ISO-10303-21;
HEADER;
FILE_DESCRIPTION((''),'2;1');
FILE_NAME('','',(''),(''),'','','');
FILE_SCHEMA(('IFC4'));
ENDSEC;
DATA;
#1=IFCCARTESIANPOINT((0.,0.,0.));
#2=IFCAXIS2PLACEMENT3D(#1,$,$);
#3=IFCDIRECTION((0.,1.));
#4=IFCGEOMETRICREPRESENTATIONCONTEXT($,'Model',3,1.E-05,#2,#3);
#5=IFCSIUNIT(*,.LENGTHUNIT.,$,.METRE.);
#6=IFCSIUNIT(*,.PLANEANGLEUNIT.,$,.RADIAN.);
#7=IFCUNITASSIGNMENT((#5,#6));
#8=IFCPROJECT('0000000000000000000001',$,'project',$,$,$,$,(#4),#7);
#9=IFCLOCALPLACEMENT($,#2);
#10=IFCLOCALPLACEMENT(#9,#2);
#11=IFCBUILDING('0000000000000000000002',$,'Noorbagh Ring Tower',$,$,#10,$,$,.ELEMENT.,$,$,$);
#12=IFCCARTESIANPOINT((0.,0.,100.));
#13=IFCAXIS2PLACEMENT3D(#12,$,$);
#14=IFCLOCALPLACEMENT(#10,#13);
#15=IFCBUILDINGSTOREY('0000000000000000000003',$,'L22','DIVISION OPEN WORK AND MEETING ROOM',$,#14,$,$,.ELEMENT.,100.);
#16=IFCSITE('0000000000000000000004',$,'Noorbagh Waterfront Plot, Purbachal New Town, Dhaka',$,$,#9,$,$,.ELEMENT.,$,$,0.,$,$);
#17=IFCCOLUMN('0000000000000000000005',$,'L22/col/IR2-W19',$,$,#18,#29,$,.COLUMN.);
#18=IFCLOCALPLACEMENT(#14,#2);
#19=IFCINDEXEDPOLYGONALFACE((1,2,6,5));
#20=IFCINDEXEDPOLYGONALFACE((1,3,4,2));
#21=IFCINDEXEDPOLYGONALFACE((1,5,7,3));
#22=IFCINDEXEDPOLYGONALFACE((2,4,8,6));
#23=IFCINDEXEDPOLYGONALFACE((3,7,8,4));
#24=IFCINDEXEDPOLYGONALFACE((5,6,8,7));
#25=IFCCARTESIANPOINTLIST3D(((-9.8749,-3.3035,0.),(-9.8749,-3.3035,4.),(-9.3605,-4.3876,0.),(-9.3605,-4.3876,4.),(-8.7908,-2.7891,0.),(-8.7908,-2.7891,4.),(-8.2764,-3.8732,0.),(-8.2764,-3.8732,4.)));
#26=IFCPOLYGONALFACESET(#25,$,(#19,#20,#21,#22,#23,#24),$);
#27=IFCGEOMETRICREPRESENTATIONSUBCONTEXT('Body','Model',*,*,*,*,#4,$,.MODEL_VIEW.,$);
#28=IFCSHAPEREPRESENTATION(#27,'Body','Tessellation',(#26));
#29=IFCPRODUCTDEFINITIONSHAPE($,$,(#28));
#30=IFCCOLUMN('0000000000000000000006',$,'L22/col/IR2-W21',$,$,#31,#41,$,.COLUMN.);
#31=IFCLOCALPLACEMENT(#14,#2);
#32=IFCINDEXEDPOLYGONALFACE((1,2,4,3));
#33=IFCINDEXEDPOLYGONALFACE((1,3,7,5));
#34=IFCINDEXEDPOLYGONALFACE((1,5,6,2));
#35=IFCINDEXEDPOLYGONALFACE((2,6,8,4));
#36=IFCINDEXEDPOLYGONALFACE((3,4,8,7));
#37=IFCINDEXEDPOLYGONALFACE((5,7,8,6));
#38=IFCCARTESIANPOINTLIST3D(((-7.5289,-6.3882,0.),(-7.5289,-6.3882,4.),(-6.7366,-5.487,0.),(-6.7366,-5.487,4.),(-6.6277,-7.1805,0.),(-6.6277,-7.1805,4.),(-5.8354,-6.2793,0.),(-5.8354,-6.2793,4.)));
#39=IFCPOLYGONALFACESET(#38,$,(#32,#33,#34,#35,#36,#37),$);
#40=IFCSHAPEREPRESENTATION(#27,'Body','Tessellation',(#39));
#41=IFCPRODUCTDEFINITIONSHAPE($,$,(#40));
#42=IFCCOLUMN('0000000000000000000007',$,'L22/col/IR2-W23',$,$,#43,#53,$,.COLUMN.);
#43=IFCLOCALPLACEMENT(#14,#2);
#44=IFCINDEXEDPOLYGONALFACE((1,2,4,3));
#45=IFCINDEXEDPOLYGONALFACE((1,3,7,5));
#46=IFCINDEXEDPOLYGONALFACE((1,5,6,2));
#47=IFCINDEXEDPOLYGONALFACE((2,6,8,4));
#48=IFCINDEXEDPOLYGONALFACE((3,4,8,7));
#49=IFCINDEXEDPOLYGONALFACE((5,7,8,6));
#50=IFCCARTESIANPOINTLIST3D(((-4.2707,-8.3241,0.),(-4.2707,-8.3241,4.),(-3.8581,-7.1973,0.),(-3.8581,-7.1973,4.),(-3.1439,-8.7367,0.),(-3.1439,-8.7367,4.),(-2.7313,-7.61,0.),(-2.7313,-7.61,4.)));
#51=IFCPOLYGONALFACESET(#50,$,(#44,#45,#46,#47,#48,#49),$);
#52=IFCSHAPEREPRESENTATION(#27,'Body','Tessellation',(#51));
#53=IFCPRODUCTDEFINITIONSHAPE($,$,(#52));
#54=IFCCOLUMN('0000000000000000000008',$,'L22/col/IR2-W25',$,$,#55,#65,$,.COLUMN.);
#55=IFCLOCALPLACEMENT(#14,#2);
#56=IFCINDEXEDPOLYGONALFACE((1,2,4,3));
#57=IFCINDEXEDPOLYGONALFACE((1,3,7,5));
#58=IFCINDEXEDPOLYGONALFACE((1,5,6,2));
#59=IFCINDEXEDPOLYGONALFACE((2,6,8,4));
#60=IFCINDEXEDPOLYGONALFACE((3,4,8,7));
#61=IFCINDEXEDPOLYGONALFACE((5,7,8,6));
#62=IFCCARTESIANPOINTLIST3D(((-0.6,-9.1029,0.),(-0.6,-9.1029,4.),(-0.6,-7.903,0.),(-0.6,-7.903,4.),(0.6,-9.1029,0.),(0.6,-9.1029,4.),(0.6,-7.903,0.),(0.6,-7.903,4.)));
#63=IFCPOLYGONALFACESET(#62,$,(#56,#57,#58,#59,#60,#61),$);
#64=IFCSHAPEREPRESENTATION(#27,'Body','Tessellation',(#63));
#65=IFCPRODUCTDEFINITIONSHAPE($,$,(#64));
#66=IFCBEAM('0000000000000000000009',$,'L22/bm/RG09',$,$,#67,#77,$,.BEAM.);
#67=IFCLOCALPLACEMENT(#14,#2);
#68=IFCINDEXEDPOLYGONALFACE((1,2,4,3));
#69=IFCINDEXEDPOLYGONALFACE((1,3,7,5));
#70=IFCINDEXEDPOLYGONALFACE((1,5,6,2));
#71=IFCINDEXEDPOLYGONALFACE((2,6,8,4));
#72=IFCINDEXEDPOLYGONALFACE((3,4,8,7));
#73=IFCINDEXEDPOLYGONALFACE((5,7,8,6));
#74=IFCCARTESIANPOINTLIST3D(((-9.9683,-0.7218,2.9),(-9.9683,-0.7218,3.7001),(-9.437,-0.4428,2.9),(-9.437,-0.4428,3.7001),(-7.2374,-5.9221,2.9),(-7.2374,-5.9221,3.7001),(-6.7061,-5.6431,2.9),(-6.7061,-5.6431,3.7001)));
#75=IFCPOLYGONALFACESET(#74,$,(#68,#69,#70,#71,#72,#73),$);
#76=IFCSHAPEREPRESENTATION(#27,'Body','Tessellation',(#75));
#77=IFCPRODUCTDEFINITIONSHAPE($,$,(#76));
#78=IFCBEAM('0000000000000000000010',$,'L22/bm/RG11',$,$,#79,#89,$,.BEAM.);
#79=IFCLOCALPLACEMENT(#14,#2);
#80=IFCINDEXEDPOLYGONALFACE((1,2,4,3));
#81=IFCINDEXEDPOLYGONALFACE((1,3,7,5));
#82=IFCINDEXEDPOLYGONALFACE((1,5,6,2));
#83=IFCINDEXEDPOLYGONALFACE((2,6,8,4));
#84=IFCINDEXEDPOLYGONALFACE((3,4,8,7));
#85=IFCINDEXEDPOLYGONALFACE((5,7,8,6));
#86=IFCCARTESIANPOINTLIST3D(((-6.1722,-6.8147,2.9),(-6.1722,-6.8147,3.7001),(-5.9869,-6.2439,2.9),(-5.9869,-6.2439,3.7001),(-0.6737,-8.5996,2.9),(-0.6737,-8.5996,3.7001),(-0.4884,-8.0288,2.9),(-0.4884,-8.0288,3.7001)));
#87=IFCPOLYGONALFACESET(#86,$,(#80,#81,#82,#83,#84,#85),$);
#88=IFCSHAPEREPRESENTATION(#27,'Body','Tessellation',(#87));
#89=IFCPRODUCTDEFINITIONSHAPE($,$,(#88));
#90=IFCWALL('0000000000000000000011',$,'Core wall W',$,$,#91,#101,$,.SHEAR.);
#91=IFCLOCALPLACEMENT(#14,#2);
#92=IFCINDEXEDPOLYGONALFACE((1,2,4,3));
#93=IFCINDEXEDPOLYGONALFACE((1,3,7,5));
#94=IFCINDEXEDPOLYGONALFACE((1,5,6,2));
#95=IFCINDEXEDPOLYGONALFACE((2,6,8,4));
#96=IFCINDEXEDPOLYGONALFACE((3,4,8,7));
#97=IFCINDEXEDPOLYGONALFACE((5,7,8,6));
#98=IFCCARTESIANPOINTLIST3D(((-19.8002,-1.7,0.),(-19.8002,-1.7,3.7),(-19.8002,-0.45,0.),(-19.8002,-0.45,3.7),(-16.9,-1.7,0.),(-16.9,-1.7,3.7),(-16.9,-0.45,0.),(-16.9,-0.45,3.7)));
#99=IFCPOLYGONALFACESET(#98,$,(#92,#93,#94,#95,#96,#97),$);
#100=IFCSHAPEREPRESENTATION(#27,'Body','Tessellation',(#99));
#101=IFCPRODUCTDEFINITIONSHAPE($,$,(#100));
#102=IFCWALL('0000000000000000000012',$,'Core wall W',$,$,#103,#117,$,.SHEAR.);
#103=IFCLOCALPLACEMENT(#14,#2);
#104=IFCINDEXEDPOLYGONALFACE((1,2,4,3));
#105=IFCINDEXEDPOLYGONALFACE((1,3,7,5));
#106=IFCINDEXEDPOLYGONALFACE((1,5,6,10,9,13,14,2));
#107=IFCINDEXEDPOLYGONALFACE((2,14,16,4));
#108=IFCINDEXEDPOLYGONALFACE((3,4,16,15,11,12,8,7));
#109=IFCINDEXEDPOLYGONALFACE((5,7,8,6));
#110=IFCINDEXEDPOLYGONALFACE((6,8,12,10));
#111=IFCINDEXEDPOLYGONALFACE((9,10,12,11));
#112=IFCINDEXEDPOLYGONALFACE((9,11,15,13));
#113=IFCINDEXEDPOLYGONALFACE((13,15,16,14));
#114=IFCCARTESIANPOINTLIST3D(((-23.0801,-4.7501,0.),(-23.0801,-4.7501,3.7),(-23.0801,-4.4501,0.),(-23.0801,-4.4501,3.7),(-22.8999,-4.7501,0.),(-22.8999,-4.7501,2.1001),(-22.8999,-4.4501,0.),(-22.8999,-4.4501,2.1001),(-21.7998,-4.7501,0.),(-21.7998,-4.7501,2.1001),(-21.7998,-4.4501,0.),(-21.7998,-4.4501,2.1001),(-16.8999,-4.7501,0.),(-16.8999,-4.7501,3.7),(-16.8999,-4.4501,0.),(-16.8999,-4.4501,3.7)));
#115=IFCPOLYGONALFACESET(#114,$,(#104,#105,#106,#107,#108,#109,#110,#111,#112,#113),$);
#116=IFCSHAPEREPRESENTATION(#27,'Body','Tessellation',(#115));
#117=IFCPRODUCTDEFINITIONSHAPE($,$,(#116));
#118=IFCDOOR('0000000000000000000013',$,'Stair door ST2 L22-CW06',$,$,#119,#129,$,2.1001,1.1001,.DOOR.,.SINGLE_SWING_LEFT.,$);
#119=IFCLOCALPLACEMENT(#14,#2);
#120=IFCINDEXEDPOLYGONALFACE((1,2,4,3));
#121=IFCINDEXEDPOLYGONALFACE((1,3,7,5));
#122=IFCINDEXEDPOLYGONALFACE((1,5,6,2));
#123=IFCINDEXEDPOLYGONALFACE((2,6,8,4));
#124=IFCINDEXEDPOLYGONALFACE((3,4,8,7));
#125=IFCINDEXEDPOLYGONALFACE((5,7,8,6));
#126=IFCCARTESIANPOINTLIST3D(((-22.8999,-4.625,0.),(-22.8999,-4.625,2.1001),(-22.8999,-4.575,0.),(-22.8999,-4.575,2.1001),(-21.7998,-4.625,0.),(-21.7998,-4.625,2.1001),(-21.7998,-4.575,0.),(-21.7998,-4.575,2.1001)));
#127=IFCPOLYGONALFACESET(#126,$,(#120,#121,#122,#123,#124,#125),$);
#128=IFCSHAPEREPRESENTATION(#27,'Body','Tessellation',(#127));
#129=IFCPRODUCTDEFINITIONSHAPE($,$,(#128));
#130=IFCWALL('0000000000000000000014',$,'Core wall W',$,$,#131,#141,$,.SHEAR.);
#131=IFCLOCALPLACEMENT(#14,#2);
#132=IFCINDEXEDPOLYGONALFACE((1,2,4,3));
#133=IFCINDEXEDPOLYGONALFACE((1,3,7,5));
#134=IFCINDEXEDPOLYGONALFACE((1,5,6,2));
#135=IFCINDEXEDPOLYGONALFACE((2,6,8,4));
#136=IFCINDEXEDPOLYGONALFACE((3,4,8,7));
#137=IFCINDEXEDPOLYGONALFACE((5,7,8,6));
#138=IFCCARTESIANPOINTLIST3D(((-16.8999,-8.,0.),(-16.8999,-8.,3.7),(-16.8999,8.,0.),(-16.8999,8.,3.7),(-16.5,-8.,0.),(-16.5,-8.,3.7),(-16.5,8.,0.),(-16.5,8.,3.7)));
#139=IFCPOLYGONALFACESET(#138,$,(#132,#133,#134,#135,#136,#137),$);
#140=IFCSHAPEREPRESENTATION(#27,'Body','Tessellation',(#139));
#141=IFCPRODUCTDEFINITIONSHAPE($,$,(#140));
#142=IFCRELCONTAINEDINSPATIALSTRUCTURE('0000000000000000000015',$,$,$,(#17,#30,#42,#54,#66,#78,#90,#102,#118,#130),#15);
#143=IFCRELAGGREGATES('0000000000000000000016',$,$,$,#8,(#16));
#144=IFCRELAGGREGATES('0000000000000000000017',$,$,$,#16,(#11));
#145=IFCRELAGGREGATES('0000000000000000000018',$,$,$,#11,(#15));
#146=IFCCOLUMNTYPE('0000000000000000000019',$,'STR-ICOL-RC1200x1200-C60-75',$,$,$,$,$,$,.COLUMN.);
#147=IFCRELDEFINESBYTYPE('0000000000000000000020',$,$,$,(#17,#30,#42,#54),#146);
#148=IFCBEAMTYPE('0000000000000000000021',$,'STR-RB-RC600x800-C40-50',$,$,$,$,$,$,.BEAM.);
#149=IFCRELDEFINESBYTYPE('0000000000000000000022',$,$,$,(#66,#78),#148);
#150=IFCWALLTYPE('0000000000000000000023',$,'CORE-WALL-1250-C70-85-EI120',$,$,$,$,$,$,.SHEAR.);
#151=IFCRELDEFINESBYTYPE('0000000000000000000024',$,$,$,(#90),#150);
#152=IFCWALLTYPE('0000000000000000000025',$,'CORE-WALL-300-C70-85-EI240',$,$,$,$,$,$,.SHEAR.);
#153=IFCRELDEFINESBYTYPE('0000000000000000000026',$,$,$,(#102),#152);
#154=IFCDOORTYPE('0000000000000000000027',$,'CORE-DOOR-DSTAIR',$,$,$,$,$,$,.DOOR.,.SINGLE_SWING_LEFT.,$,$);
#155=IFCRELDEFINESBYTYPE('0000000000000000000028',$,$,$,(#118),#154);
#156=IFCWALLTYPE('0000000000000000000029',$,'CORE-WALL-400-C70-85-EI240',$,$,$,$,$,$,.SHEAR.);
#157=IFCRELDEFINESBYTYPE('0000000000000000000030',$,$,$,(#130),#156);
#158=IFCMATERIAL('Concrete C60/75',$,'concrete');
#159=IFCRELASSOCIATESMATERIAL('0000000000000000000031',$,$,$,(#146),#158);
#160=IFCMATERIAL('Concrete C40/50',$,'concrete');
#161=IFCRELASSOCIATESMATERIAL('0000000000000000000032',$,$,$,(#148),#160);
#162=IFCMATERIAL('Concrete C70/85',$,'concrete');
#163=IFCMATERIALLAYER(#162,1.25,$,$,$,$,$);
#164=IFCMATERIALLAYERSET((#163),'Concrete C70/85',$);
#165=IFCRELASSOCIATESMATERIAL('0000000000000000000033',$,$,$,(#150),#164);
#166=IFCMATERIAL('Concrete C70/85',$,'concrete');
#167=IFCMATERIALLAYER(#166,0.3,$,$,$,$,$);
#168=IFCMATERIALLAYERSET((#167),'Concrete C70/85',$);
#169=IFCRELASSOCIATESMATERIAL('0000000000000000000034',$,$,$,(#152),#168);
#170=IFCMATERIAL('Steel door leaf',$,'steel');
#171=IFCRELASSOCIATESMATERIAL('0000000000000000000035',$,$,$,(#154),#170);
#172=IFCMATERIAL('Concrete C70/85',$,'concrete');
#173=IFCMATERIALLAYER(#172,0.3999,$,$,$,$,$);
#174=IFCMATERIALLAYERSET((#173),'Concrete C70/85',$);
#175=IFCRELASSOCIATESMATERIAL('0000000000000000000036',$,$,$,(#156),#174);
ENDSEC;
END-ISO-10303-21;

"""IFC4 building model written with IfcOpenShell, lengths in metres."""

from ifc_helpers import new_model, si_unit, direction, frame, frame_2d, origin, origin_2d, place, context, subcontext, project, spatial, rectangle, extrude, material, layer, layer_set, material_profile, profile_set, type_object, element, fill, save


model = new_model("IFC4")

# Units and contexts
model_context = context("Model", 3, precision=1e-05, world=origin(), true_north=direction((0.0, 1.0)))
body_context = subcontext(model_context, "Body", "Model", "MODEL_VIEW")
ifc_project = project(units=[si_unit("LENGTHUNIT", "METRE"), si_unit("PLANEANGLEUNIT", "RADIAN")], contexts=[model_context])

# Site, building, storey
site_placement = place(None, origin())
site = spatial("IfcSite", under=ifc_project, at=site_placement, Name="Noorbagh Waterfront Plot, Purbachal New Town, Dhaka", CompositionType="ELEMENT", RefElevation=0.0)
building_placement = place(site_placement, origin())
building = spatial("IfcBuilding", under=site, at=building_placement, Name="Noorbagh Ring Tower", CompositionType="ELEMENT")
storey_placement = place(building_placement, frame((0.0, 0.0, 100.0)))
storey = spatial("IfcBuildingStorey", under=building, at=storey_placement, Name="L22", Description="DIVISION OPEN WORK AND MEETING ROOM", CompositionType="ELEMENT", Elevation=100.0)

# Columns
ifc_material_1 = material(Name="Concrete C60/75", Category="concrete")
ifc_material_profile_1 = material_profile(ifc_material_1, rectangle(XDim=1.2, YDim=1.2, at=origin_2d()), Name="RC1200x1200")
ifc_profile_set_1 = profile_set([ifc_material_profile_1], Name="Concrete C60/75")
column_type = type_object("IfcColumnType", Name="STR-ICOL-RC1200x1200-C60-75", PredefinedType="COLUMN", material=ifc_profile_set_1)
for number, where, z_axis, x_axis, name in (
    (1, (-9.0757, -3.5884, 0.0), (0.0, 0.0, 1.0), (0.428667, -0.903463, 0.0), "L22/col/IR2-W19"),
    (2, (-6.6821, -6.3337, 0.0), (0.0, 0.0, 1.0), (0.751022, -0.660277, 0.0), "L22/col/IR2-W21"),
    (3, (-3.501, -7.967, 0.0), (0.0, 0.0, 1.0), (0.93902, -0.343864, 0.0), "L22/col/IR2-W23"),
    (4, (0.0, -8.5029, 0.0), (0.0, 0.0, 1.0), (1.0, 0.0, 0.0), "L22/col/IR2-W25"),
):
    element("IfcColumn", number, at=place(storey_placement, frame(where, z_axis=z_axis, x_axis=x_axis)), inside=storey, type_object=column_type, Name=name, PredefinedType="COLUMN", context=body_context, shape_type="SweptSolid", body=[
        extrude(rectangle(XDim=1.2, YDim=1.2, at=origin_2d()), origin(), (0.0, 0.0, 1.0), 4.0),
    ])

# Beams
ifc_material_2 = material(Name="Concrete C40/50", Category="concrete")
ifc_material_profile_2 = material_profile(ifc_material_2, rectangle(XDim=0.6001, YDim=0.8, at=origin_2d()), Name="RC600x800")
ifc_profile_set_2 = profile_set([ifc_material_profile_2], Name="Concrete C40/50")
beam_type = type_object("IfcBeamType", Name="STR-RB-RC600x800-C40-50", PredefinedType="BEAM", material=ifc_profile_set_2)
beam_1_placement = place(storey_placement, frame((-9.7026, -0.5823, 3.3), z_axis=(0.464931, -0.885347, 0.0), x_axis=(0.885347, 0.464931, 0.0)))
element("IfcBeam", 5, at=beam_1_placement, inside=storey, type_object=beam_type, Name="L22/bm/RG09", PredefinedType="BEAM", context=body_context, shape_type="SweptSolid", body=[
    extrude(rectangle(XDim=0.6001, YDim=0.8, at=origin_2d()), origin(), (0.0, 0.0, 1.0), 5.8738),
])
beam_2_placement = place(storey_placement, frame((-6.0796, -6.5293, 3.3), z_axis=(0.951141, -0.308756, 0.0), x_axis=(0.308756, 0.951141, 0.0)))
element("IfcBeam", 6, at=beam_2_placement, inside=storey, type_object=beam_type, Name="L22/bm/RG11", PredefinedType="BEAM", context=body_context, shape_type="SweptSolid", body=[
    extrude(rectangle(XDim=0.6001, YDim=0.8, at=origin_2d()), origin(), (0.0, 0.0, 1.0), 5.781),
])

# Wall
ifc_material_3 = material(Name="Concrete C70/85", Category="concrete")
ifc_layer_1 = layer(ifc_material_3, 1.25)
ifc_layer_set_1 = layer_set([ifc_layer_1], Name="Concrete C70/85")
wall_type_1 = type_object("IfcWallType", Name="CORE-WALL-1250-C70-85-EI120", PredefinedType="SHEAR", material=ifc_layer_set_1)
wall_1_placement = place(storey_placement, frame((-16.8999, -1.075, 0.0), z_axis=(0.0, 0.0, 1.0), x_axis=(-1.0, 0.0, 0.0)))
element("IfcWall", 7, at=wall_1_placement, inside=storey, type_object=wall_type_1, Name="Core wall W", PredefinedType="SHEAR", context=body_context, shape_type="SweptSolid", body=[
    extrude(rectangle(XDim=2.9001, YDim=1.25, at=frame_2d((1.4502, 0.0))), origin(), (0.0, 0.0, 1.0), 3.7),
])

# Wall, opening, door
ifc_material_4 = material(Name="Concrete C70/85", Category="concrete")
ifc_layer_2 = layer(ifc_material_4, 0.3)
ifc_layer_set_2 = layer_set([ifc_layer_2], Name="Concrete C70/85")
wall_type_2 = type_object("IfcWallType", Name="CORE-WALL-300-C70-85-EI240", PredefinedType="SHEAR", material=ifc_layer_set_2)
wall_2_placement = place(storey_placement, frame((-16.8999, -4.6001, 0.0), z_axis=(0.0, 0.0, 1.0), x_axis=(-1.0, 0.0, 0.0)))
wall_2 = element("IfcWall", 8, at=wall_2_placement, inside=storey, type_object=wall_type_2, Name="Core wall W", PredefinedType="SHEAR", context=body_context, shape_type="SweptSolid", body=[
    extrude(rectangle(XDim=6.1802, YDim=0.3, at=frame_2d((3.0901, 0.0))), origin(), (0.0, 0.0, 1.0), 3.7),
])
opening_1_placement = place(wall_2_placement, frame((4.8999, 0.0, 0.0)))
opening_1 = element("IfcOpeningElement", 9, at=opening_1_placement, cuts=wall_2, PredefinedType="OPENING", context=body_context, shape_type="SweptSolid", body=[
    extrude(rectangle(XDim=1.1001, YDim=2.1001, at=frame_2d((0.55, 1.05))), frame((0.0, 0.1602, 0.0), z_axis=(0.0, -1.0, 0.0), x_axis=(1.0, 0.0, 0.0)), (0.0, 0.0, 1.0), 0.3201),
])
ifc_material_5 = material(Name="Steel door leaf", Category="steel")
door_type_1 = type_object("IfcDoorType", Name="CORE-DOOR-DSTAIR", OperationType="SINGLE_SWING_LEFT", PredefinedType="DOOR", material=ifc_material_5)
door_1_placement = place(opening_1_placement, origin())
door_1 = element("IfcDoor", 10, at=door_1_placement, inside=storey, type_object=door_type_1, Name="Stair door ST2 L22-CW06", OperationType="SINGLE_SWING_LEFT", OverallHeight=2.1001, OverallWidth=1.1001, PredefinedType="DOOR", context=body_context, shape_type="SweptSolid", body=[
    extrude(rectangle(XDim=1.1001, YDim=2.1001, at=frame_2d((0.55, 1.05))), frame((0.0, 0.0249, 0.0), z_axis=(0.0, -1.0, 0.0), x_axis=(1.0, 0.0, 0.0)), (0.0, 0.0, 1.0), 0.05),
])
fill(opening_1, door_1)

# Wall
ifc_material_6 = material(Name="Concrete C70/85", Category="concrete")
ifc_layer_3 = layer(ifc_material_6, 0.3999)
ifc_layer_set_3 = layer_set([ifc_layer_3], Name="Concrete C70/85")
wall_type_3 = type_object("IfcWallType", Name="CORE-WALL-400-C70-85-EI240", PredefinedType="SHEAR", material=ifc_layer_set_3)
wall_3_placement = place(storey_placement, frame((-16.7, -8.0, 0.0), z_axis=(0.0, 0.0, 1.0), x_axis=(0.0, 1.0, 0.0)))
element("IfcWall", 11, at=wall_3_placement, inside=storey, type_object=wall_type_3, Name="Core wall W", PredefinedType="SHEAR", context=body_context, shape_type="SweptSolid", body=[
    extrude(rectangle(XDim=16.0, YDim=0.3999, at=frame_2d((8.0, 0.0))), origin(), (0.0, 0.0, 1.0), 3.7),
])

save(model, "model.ifc")
